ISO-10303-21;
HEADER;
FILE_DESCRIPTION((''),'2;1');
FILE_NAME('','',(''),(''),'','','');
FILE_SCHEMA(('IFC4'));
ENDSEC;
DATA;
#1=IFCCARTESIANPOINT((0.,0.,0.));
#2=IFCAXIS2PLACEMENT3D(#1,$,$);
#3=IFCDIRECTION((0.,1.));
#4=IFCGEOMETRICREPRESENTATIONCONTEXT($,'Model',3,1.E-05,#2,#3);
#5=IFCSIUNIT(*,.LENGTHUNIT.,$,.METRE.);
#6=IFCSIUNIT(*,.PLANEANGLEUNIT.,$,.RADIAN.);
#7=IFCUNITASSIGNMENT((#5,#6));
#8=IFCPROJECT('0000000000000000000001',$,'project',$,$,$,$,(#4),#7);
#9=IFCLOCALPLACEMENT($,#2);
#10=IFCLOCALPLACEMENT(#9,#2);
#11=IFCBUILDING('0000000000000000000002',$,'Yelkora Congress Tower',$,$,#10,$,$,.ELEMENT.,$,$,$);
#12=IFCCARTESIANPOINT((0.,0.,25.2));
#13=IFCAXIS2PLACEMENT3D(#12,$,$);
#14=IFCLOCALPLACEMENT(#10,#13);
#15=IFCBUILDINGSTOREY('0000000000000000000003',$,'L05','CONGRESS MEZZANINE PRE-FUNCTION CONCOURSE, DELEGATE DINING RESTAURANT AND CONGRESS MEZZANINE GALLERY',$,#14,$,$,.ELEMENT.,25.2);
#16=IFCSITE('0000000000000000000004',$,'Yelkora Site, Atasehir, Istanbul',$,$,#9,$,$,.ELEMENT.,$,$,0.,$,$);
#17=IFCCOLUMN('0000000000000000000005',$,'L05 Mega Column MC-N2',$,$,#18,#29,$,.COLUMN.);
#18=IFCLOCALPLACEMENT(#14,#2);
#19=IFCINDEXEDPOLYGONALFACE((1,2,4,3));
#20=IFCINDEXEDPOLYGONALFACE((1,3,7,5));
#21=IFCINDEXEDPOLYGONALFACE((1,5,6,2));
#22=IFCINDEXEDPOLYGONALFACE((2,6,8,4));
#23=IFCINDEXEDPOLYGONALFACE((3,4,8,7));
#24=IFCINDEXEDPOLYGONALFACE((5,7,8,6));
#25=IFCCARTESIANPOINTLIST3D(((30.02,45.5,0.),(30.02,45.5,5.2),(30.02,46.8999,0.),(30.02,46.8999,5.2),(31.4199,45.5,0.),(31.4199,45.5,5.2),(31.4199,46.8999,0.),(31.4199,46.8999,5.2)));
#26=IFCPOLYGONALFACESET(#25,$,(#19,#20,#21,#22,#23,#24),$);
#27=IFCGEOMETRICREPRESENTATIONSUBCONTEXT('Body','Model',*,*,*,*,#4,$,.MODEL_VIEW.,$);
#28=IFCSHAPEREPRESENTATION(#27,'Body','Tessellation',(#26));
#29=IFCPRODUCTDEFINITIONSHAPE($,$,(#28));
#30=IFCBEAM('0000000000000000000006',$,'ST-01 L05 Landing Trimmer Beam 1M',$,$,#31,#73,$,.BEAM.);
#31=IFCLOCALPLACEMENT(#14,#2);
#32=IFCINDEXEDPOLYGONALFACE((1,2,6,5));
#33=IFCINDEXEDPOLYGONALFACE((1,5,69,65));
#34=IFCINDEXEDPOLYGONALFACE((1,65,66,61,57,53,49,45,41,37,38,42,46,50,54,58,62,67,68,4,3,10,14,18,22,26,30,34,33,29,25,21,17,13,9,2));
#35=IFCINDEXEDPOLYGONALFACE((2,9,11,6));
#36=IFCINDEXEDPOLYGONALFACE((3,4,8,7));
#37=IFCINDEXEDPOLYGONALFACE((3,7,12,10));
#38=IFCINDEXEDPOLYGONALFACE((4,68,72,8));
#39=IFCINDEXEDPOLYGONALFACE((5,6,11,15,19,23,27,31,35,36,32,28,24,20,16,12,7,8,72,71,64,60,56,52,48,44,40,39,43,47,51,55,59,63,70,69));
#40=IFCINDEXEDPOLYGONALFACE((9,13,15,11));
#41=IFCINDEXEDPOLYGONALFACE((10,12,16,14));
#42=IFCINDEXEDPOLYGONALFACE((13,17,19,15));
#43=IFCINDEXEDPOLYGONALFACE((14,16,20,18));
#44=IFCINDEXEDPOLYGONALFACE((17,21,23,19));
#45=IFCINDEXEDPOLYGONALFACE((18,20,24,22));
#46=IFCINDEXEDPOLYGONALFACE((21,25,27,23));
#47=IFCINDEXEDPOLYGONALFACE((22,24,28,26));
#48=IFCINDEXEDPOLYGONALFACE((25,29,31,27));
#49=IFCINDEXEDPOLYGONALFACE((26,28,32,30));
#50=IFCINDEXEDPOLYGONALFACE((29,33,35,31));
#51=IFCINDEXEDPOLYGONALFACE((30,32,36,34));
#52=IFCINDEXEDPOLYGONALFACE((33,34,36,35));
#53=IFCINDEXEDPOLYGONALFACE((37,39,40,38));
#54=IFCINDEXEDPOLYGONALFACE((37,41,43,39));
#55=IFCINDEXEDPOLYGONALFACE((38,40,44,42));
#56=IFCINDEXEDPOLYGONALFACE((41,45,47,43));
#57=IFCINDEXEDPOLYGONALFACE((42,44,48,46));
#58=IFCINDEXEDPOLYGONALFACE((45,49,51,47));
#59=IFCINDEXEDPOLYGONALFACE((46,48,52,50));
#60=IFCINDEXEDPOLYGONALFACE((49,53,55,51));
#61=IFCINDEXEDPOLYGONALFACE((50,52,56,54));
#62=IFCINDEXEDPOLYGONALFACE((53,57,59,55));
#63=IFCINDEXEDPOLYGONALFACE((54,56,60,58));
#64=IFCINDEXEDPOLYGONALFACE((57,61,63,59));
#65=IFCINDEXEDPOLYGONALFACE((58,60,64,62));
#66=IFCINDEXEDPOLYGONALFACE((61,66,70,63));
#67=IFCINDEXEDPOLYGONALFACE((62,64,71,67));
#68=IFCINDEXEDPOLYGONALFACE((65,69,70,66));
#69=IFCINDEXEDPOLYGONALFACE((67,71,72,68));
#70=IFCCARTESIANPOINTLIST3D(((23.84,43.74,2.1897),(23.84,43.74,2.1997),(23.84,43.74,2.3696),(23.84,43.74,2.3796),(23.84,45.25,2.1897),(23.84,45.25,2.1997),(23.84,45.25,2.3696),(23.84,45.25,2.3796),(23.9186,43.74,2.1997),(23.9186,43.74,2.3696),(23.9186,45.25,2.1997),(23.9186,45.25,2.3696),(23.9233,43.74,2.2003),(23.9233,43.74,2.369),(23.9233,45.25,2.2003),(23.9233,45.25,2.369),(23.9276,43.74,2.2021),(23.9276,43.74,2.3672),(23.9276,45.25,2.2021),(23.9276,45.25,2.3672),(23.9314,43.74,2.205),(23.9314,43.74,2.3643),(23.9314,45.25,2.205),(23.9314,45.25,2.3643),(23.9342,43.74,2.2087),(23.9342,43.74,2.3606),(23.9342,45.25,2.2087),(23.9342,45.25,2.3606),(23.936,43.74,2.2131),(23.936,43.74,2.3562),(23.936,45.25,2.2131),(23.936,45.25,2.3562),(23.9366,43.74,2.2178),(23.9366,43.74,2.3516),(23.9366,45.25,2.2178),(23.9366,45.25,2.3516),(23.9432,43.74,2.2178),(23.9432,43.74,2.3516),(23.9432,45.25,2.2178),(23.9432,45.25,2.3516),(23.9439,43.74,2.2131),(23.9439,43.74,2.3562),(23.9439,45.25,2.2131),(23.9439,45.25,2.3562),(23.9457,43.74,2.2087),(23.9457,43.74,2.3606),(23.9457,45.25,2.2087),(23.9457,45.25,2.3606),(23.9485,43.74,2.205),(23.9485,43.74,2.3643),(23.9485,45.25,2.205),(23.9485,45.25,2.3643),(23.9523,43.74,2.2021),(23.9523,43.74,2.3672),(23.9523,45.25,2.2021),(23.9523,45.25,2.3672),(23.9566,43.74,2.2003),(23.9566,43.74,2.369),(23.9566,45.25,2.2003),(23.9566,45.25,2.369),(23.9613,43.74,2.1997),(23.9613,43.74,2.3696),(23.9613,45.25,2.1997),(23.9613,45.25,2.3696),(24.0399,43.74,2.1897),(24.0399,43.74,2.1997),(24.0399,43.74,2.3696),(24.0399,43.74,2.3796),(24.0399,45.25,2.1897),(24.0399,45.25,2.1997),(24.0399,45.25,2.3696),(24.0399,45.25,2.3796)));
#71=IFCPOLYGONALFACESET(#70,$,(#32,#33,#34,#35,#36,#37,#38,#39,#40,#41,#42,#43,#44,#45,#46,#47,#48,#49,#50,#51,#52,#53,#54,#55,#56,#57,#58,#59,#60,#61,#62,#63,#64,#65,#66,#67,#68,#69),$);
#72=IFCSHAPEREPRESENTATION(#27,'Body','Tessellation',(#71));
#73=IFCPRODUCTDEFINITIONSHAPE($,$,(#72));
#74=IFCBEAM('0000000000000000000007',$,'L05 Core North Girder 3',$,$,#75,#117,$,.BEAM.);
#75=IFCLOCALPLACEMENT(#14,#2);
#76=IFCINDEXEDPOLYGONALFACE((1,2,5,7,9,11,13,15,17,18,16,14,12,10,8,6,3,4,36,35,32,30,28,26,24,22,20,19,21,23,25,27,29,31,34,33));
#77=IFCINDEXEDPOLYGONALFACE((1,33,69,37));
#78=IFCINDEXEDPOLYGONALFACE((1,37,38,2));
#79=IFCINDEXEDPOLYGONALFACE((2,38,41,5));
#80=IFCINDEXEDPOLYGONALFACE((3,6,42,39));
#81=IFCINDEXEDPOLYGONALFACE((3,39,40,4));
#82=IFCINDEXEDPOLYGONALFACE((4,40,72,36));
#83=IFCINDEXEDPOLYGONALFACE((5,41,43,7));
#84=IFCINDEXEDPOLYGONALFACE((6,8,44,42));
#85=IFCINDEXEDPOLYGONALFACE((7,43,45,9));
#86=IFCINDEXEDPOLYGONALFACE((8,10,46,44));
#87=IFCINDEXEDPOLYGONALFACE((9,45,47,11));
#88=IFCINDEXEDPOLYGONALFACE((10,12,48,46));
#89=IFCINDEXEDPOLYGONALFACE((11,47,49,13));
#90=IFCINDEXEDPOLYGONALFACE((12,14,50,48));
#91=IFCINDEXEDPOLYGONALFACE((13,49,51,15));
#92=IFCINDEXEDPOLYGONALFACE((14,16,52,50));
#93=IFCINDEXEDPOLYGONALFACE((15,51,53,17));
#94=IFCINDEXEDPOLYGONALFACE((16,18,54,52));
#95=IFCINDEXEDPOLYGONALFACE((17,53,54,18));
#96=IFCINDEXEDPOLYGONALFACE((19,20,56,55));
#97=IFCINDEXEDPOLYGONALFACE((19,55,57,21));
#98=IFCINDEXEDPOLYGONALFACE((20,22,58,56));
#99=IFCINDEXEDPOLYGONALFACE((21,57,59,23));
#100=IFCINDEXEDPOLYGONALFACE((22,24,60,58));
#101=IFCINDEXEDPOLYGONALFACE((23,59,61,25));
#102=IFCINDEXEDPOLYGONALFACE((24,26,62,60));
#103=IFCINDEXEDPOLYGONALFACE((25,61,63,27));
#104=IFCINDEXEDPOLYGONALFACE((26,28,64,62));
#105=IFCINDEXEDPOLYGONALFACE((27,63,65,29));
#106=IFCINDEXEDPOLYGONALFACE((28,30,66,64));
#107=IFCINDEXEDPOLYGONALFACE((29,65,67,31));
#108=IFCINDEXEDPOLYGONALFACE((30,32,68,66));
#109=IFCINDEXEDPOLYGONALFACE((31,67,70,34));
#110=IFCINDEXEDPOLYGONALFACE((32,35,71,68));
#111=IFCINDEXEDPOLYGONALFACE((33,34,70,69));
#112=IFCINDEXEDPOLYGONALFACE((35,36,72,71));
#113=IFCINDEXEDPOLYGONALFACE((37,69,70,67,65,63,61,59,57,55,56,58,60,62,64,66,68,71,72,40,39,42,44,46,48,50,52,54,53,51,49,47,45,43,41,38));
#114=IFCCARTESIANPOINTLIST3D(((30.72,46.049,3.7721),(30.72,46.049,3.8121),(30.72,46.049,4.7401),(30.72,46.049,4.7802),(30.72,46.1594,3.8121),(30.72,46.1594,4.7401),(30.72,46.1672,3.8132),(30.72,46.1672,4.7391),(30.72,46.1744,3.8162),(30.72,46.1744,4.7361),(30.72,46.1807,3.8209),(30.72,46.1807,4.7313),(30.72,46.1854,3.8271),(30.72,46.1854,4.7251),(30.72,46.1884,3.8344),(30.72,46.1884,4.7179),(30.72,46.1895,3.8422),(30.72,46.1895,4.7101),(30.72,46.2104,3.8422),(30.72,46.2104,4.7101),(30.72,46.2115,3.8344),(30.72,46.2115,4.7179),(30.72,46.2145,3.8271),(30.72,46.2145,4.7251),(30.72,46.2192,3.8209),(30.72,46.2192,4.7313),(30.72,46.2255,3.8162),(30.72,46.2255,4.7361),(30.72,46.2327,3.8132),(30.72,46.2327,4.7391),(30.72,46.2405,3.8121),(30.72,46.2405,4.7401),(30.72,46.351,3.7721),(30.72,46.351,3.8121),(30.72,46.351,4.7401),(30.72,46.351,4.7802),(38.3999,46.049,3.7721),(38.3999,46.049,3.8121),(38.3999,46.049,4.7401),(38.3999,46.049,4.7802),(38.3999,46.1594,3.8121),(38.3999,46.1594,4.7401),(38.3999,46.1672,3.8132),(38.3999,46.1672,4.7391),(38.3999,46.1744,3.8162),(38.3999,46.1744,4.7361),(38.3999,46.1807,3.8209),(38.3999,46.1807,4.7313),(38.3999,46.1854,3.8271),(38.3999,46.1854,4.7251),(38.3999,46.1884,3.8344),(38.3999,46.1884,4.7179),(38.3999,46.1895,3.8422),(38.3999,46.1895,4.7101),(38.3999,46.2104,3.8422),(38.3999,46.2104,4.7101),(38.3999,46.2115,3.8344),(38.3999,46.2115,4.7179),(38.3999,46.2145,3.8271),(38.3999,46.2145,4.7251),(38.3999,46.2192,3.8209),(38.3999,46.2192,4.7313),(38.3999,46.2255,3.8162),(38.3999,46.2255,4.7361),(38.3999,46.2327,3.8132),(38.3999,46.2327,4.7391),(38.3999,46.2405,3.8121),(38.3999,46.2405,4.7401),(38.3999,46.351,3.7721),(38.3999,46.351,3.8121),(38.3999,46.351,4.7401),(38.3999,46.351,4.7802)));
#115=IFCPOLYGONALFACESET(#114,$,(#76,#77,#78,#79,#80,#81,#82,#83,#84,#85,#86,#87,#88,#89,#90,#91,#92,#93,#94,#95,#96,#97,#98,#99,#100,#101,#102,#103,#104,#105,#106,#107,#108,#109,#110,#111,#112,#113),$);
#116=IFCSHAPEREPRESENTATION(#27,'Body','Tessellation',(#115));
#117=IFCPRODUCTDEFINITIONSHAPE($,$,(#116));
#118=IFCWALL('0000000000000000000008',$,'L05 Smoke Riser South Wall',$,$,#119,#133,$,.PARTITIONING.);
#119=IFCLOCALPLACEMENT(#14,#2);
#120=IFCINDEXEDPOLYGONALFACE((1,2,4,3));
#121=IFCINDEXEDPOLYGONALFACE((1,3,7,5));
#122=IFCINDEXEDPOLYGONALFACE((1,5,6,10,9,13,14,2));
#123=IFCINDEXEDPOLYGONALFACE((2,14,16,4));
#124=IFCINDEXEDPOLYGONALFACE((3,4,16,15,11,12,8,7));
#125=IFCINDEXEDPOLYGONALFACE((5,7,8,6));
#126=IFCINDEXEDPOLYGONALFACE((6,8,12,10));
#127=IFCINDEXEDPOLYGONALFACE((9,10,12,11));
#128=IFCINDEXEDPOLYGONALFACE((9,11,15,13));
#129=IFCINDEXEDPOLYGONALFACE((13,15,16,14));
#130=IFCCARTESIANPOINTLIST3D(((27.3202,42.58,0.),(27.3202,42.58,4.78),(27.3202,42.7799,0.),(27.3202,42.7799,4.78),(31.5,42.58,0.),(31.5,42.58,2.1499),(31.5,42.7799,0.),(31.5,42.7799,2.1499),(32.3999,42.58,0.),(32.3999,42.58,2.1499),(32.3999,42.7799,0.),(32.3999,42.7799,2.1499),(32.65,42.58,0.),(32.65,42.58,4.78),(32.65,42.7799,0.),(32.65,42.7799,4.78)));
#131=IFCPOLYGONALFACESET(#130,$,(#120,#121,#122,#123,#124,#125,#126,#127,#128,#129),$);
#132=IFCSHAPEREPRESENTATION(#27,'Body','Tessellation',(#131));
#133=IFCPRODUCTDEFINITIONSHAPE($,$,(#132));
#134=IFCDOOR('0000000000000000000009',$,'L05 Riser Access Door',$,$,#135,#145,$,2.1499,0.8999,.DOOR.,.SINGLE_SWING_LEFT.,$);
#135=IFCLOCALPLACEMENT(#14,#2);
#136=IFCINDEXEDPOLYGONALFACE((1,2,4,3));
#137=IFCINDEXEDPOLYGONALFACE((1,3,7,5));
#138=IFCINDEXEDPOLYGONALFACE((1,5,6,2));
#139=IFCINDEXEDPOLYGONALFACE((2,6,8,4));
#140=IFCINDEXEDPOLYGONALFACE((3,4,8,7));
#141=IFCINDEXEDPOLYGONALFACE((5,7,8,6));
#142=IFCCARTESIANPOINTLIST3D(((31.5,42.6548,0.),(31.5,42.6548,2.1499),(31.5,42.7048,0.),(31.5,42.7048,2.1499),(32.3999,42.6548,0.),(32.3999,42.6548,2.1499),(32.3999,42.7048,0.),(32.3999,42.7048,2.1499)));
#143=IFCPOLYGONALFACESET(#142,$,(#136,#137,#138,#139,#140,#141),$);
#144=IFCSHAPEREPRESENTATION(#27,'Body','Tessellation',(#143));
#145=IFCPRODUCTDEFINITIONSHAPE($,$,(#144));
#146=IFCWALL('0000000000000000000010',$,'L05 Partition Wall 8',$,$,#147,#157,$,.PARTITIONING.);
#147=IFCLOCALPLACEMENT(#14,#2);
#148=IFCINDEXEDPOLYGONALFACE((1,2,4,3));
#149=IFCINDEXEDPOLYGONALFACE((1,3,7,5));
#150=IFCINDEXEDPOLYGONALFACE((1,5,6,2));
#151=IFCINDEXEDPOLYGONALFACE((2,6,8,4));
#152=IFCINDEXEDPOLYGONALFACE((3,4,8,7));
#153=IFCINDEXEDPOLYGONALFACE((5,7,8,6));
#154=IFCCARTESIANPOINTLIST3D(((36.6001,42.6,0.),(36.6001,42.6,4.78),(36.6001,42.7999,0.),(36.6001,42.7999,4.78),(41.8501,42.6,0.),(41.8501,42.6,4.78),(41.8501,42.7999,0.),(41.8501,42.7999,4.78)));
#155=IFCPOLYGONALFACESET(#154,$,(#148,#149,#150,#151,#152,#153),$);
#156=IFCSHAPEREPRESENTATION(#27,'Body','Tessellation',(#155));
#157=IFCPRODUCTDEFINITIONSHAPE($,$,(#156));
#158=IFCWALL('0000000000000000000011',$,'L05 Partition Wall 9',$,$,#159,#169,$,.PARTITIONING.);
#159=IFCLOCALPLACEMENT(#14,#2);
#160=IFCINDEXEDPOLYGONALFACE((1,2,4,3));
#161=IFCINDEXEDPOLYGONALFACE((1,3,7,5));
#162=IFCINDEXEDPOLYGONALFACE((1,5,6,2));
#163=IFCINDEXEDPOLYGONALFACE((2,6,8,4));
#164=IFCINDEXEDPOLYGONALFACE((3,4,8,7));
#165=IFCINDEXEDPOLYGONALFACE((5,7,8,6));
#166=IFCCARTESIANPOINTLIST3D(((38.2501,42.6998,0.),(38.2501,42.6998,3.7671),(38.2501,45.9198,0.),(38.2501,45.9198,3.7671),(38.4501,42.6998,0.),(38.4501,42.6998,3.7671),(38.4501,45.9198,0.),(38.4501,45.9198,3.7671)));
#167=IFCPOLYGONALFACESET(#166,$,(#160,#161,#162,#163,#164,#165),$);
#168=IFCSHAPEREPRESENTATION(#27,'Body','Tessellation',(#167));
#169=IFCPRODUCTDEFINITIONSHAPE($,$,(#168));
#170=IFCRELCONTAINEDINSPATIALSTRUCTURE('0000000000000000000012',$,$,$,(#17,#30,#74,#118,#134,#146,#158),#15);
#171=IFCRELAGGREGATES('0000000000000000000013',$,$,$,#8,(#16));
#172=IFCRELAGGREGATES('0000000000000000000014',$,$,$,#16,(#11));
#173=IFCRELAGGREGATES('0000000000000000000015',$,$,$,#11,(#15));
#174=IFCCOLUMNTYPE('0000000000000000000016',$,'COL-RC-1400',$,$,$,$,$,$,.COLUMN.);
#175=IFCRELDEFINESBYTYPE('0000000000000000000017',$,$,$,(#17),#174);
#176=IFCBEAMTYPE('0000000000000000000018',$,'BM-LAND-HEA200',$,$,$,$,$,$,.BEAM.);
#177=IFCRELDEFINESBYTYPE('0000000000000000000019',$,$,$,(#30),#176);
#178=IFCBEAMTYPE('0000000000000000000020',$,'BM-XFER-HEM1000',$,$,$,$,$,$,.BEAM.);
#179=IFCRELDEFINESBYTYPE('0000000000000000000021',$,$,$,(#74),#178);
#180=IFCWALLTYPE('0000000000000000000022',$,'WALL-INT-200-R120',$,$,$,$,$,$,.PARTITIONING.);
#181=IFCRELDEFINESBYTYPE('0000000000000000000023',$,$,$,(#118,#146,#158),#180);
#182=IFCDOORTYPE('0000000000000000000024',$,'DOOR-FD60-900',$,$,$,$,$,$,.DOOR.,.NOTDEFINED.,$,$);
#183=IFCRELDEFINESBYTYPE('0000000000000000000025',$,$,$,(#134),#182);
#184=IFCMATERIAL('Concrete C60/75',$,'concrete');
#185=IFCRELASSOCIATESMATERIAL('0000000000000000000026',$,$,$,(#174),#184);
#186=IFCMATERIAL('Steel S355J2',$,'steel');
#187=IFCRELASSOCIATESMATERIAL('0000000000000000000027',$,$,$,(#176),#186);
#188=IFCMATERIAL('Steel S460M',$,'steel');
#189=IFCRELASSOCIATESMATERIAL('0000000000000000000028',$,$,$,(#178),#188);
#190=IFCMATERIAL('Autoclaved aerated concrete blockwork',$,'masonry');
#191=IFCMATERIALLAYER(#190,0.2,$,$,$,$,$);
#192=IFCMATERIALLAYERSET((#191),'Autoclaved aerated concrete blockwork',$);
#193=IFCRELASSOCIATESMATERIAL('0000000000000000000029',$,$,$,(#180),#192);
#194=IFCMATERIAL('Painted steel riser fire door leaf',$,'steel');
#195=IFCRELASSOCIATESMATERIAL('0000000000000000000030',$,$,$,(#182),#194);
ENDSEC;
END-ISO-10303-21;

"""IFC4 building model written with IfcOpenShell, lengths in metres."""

from ifc_helpers import new_model, si_unit, direction, frame, frame_2d, origin, origin_2d, place, context, subcontext, project, spatial, rectangle, i_section, extrude, material, layer, layer_set, material_profile, profile_set, type_object, element, fill, save


model = new_model("IFC4")

# Units and contexts
model_context = context("Model", 3, precision=1e-05, world=origin(), true_north=direction((0.0, 1.0)))
body_context = subcontext(model_context, "Body", "Model", "MODEL_VIEW")
ifc_project = project(units=[si_unit("LENGTHUNIT", "METRE"), si_unit("PLANEANGLEUNIT", "RADIAN")], contexts=[model_context])

# Site, building, storey
site_placement = place(None, origin())
site = spatial("IfcSite", under=ifc_project, at=site_placement, Name="Yelkora Site, Atasehir, Istanbul", CompositionType="ELEMENT", RefElevation=0.0)
building_placement = place(site_placement, origin())
building = spatial("IfcBuilding", under=site, at=building_placement, Name="Yelkora Congress Tower", CompositionType="ELEMENT")
storey_placement = place(building_placement, frame((0.0, 0.0, 25.2)))
storey = spatial("IfcBuildingStorey", under=building, at=storey_placement, Name="L05", Description="CONGRESS MEZZANINE PRE-FUNCTION CONCOURSE, DELEGATE DINING RESTAURANT AND CONGRESS MEZZANINE GALLERY", CompositionType="ELEMENT", Elevation=25.2)

# Column
ifc_material_1 = material(Name="Concrete C60/75", Category="concrete")
ifc_material_profile_1 = material_profile(ifc_material_1, rectangle(XDim=1.3999, YDim=1.3999, at=origin_2d()), Name="RC 1400x1400")
ifc_profile_set_1 = profile_set([ifc_material_profile_1], Name="Concrete C60/75")
column_type = type_object("IfcColumnType", Name="COL-RC-1400", PredefinedType="COLUMN", material=ifc_profile_set_1)
column_placement = place(storey_placement, frame((30.72, 46.2, 0.0), z_axis=(0.0, 0.0, 1.0), x_axis=(1.0, 0.0, 0.0)))
element("IfcColumn", 1, at=column_placement, inside=storey, type_object=column_type, Name="L05 Mega Column MC-N2", PredefinedType="COLUMN", context=body_context, shape_type="SweptSolid", body=[
    extrude(rectangle(XDim=1.3999, YDim=1.3999, at=origin_2d()), origin(), (0.0, 0.0, 1.0), 5.2),
])

# Beams
ifc_material_2 = material(Name="Steel S355J2", Category="steel")
ifc_material_profile_2 = material_profile(ifc_material_2, i_section(OverallWidth=0.2, OverallDepth=0.1899, WebThickness=0.0066, FlangeThickness=0.01, FilletRadius=0.0181, at=origin_2d()), Name="HEA 200")
ifc_profile_set_2 = profile_set([ifc_material_profile_2], Name="Steel S355J2")
beam_type_1 = type_object("IfcBeamType", Name="BM-LAND-HEA200", PredefinedType="BEAM", material=ifc_profile_set_2)
beam_1_placement = place(storey_placement, frame((23.9399, 43.74, 2.2847), z_axis=(0.0, 1.0, 0.0), x_axis=(-1.0, 0.0, 0.0)))
element("IfcBeam", 2, at=beam_1_placement, inside=storey, type_object=beam_type_1, Name="ST-01 L05 Landing Trimmer Beam 1M", PredefinedType="BEAM", context=body_context, shape_type="SweptSolid", body=[
    extrude(i_section(OverallWidth=0.2, OverallDepth=0.1899, WebThickness=0.0066, FlangeThickness=0.01, FilletRadius=0.0181, at=origin_2d()), origin(), (0.0, 0.0, 1.0), 1.51),
])
ifc_material_3 = material(Name="Steel S460M", Category="steel")
ifc_material_profile_3 = material_profile(ifc_material_3, i_section(OverallWidth=0.302, OverallDepth=1.0081, WebThickness=0.021, FlangeThickness=0.04, FilletRadius=0.03, at=origin_2d()), Name="HEM 1000")
ifc_profile_set_3 = profile_set([ifc_material_profile_3], Name="Steel S460M")
beam_type_2 = type_object("IfcBeamType", Name="BM-XFER-HEM1000", PredefinedType="BEAM", material=ifc_profile_set_3)
beam_2_placement = place(storey_placement, frame((30.72, 46.2, 4.2761), z_axis=(1.0, 0.0, 0.0), x_axis=(0.0, 1.0, 0.0)))
element("IfcBeam", 3, at=beam_2_placement, inside=storey, type_object=beam_type_2, Name="L05 Core North Girder 3", PredefinedType="BEAM", context=body_context, shape_type="SweptSolid", body=[
    extrude(i_section(OverallWidth=0.302, OverallDepth=1.0081, WebThickness=0.021, FlangeThickness=0.04, FilletRadius=0.03, at=origin_2d()), origin(), (0.0, 0.0, 1.0), 7.6799),
])

# Wall, opening, door
ifc_material_4 = material(Name="Autoclaved aerated concrete blockwork", Category="masonry")
ifc_layer_1 = layer(ifc_material_4, 0.2)
ifc_layer_set_1 = layer_set([ifc_layer_1], Name="Autoclaved aerated concrete blockwork")
wall_type = type_object("IfcWallType", Name="WALL-INT-200-R120", PredefinedType="PARTITIONING", material=ifc_layer_set_1)
wall_1_placement = place(storey_placement, frame((27.3201, 42.6799, 0.0), z_axis=(0.0, 0.0, 1.0), x_axis=(1.0, 0.0, 0.0)))
wall_1 = element("IfcWall", 4, at=wall_1_placement, inside=storey, type_object=wall_type, Name="L05 Smoke Riser South Wall", PredefinedType="PARTITIONING", context=body_context, shape_type="SweptSolid", body=[
    extrude(rectangle(XDim=5.3298, YDim=0.2, at=frame_2d((2.665, 0.0))), origin(), (0.0, 0.0, 1.0), 4.78),
])
opening_1_placement = place(wall_1_placement, frame((4.1799, 0.0, 0.0)))
opening_1 = element("IfcOpeningElement", 5, at=opening_1_placement, cuts=wall_1, PredefinedType="OPENING", context=body_context, shape_type="SweptSolid", body=[
    extrude(rectangle(XDim=0.8999, YDim=2.1499, at=frame_2d((0.45, 1.075))), frame((0.0, 0.1099, 0.0), z_axis=(0.0, -1.0, 0.0), x_axis=(1.0, 0.0, 0.0)), (0.0, 0.0, 1.0), 0.22),
])
ifc_material_5 = material(Name="Painted steel riser fire door leaf", Category="steel")
door_type_1 = type_object("IfcDoorType", Name="DOOR-FD60-900", OperationType="NOTDEFINED", PredefinedType="DOOR", material=ifc_material_5)
door_1_placement = place(opening_1_placement, origin())
door_1 = element("IfcDoor", 6, at=door_1_placement, inside=storey, type_object=door_type_1, Name="L05 Riser Access Door", OperationType="SINGLE_SWING_LEFT", OverallHeight=2.1499, OverallWidth=0.8999, PredefinedType="DOOR", context=body_context, shape_type="SweptSolid", body=[
    extrude(rectangle(XDim=0.8999, YDim=2.1499, at=frame_2d((0.45, 1.075))), frame((0.0, 0.0249, 0.0), z_axis=(0.0, -1.0, 0.0), x_axis=(1.0, 0.0, 0.0)), (0.0, 0.0, 1.0), 0.05),
])
fill(opening_1, door_1)

# Walls
wall_2_placement = place(storey_placement, frame((36.6001, 42.7, 0.0), z_axis=(0.0, 0.0, 1.0), x_axis=(1.0, 0.0, 0.0)))
element("IfcWall", 7, at=wall_2_placement, inside=storey, type_object=wall_type, Name="L05 Partition Wall 8", PredefinedType="PARTITIONING", context=body_context, shape_type="SweptSolid", body=[
    extrude(rectangle(XDim=5.25, YDim=0.2, at=frame_2d((2.625, 0.0))), origin(), (0.0, 0.0, 1.0), 4.78),
])
wall_3_placement = place(storey_placement, frame((38.3501, 42.7, 0.0), z_axis=(0.0, 0.0, 1.0), x_axis=(0.0, 1.0, 0.0)))
element("IfcWall", 8, at=wall_3_placement, inside=storey, type_object=wall_type, Name="L05 Partition Wall 9", PredefinedType="PARTITIONING", context=body_context, shape_type="SweptSolid", body=[
    extrude(rectangle(XDim=3.22, YDim=0.2, at=frame_2d((1.6099, 0.0))), origin(), (0.0, 0.0, 1.0), 3.7671),
])

save(model, "model.ifc")
